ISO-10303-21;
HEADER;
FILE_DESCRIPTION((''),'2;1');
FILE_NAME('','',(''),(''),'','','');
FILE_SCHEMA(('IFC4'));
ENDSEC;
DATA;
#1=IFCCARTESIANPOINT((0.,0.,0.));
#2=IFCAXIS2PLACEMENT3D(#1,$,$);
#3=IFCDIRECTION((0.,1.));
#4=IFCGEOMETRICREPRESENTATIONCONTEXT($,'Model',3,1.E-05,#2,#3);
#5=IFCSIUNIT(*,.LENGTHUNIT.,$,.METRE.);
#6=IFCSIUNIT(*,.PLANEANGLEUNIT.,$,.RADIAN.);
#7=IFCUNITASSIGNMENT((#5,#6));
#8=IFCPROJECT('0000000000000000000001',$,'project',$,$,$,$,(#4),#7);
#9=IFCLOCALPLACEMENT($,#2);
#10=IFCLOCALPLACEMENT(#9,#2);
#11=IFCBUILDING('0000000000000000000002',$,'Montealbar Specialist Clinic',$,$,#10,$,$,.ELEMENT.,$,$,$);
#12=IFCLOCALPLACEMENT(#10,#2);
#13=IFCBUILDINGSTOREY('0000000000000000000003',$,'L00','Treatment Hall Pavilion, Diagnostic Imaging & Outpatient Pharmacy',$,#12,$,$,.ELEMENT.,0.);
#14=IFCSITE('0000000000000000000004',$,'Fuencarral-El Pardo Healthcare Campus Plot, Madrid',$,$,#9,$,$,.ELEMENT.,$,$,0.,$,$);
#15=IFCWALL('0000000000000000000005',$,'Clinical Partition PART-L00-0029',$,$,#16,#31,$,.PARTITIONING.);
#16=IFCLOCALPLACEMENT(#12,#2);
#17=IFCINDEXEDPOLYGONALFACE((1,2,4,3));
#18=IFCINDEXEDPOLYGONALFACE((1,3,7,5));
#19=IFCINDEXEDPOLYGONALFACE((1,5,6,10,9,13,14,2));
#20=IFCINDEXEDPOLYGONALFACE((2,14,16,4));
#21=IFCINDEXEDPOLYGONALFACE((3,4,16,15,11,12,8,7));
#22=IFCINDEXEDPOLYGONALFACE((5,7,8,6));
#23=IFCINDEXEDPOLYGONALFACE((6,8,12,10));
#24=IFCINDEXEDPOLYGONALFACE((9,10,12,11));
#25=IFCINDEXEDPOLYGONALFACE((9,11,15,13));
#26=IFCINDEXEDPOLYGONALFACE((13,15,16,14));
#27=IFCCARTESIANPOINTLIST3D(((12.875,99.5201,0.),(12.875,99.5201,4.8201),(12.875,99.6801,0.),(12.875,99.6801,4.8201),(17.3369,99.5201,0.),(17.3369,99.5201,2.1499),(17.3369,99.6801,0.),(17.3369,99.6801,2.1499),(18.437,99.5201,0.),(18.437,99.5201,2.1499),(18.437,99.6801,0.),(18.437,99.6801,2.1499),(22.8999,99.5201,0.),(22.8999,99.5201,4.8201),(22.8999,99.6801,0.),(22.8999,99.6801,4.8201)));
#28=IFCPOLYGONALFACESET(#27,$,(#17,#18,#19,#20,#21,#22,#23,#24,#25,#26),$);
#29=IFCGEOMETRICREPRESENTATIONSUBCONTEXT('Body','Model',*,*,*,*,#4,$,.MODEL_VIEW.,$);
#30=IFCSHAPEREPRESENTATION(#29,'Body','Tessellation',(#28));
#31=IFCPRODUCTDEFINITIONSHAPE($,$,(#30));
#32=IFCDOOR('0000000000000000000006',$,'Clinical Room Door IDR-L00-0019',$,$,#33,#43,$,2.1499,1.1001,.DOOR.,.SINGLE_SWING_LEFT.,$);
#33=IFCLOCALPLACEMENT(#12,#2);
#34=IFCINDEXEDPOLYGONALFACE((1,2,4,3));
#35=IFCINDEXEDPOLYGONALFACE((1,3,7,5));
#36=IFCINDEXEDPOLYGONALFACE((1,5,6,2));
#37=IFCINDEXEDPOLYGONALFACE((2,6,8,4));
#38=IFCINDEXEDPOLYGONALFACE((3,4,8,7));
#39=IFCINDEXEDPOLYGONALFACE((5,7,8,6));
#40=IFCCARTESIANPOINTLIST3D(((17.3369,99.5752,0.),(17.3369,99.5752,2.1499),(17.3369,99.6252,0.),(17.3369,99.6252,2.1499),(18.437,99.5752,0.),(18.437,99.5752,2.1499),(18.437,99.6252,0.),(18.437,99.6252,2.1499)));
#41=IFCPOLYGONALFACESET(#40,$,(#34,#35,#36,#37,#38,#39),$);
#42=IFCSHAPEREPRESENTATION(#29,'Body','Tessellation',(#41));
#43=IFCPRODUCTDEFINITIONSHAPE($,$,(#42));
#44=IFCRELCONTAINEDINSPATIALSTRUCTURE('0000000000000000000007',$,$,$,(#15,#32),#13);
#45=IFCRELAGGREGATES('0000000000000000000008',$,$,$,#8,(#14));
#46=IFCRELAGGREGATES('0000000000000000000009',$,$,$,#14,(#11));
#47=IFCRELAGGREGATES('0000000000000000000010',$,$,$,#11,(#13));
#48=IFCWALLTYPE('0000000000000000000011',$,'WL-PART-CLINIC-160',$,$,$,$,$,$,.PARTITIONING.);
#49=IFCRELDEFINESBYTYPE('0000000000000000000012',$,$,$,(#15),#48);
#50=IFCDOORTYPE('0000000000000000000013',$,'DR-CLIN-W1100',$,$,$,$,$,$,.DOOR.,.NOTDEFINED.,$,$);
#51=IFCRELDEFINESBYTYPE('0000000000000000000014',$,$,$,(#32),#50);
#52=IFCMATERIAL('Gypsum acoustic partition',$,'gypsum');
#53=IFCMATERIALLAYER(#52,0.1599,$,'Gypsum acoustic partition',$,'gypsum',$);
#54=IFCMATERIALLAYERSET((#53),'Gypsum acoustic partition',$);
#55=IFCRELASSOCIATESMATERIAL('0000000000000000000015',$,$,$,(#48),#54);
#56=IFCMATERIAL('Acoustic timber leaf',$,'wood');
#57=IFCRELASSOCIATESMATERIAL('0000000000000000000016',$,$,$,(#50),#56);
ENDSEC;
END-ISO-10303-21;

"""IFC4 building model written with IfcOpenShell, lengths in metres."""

from ifc_helpers import new_model, si_unit, direction, frame, frame_2d, origin, place, context, subcontext, project, spatial, rectangle, extrude, material, layer, layer_set, type_object, element, fill, save


model = new_model("IFC4")

# Units and contexts
model_context = context("Model", 3, precision=1e-05, world=origin(), true_north=direction((0.0, 1.0)))
body_context = subcontext(model_context, "Body", "Model", "MODEL_VIEW")
ifc_project = project(units=[si_unit("LENGTHUNIT", "METRE"), si_unit("PLANEANGLEUNIT", "RADIAN")], contexts=[model_context])

# Site, building, storey
site_placement = place(None, origin())
site = spatial("IfcSite", under=ifc_project, at=site_placement, Name="Fuencarral-El Pardo Healthcare Campus Plot, Madrid", CompositionType="ELEMENT", RefElevation=0.0)
building_placement = place(site_placement, origin())
building = spatial("IfcBuilding", under=site, at=building_placement, Name="Montealbar Specialist Clinic", CompositionType="ELEMENT")
storey_placement = place(building_placement, origin())
storey = spatial("IfcBuildingStorey", under=building, at=storey_placement, Name="L00", Description="Treatment Hall Pavilion, Diagnostic Imaging & Outpatient Pharmacy", CompositionType="ELEMENT", Elevation=0.0)

# Shared definitions
ifc_material_1 = material(Name="Gypsum acoustic partition", Category="gypsum")

# Wall, opening, door
ifc_layer_1 = layer(ifc_material_1, 0.1599, Name="Gypsum acoustic partition", Category="gypsum")
ifc_layer_set_1 = layer_set([ifc_layer_1], Name="Gypsum acoustic partition")
wall_type_1 = type_object("IfcWallType", Name="WL-PART-CLINIC-160", PredefinedType="PARTITIONING", material=ifc_layer_set_1)
wall_1_placement = place(storey_placement, frame((12.875, 99.6001, 0.0), z_axis=(0.0, 0.0, 1.0), x_axis=(1.0, 0.0, 0.0)))
wall_1 = element("IfcWall", 1, at=wall_1_placement, inside=storey, type_object=wall_type_1, Name="Clinical Partition PART-L00-0029", PredefinedType="PARTITIONING", context=body_context, shape_type="SweptSolid", body=[
    extrude(rectangle(XDim=10.0249, YDim=0.1599, at=frame_2d((5.0125, 0.0))), origin(), (0.0, 0.0, 1.0), 4.8201),
])
opening_placement = place(wall_1_placement, frame((4.4619, 0.0, 0.0)))
opening = element("IfcOpeningElement", 2, at=opening_placement, cuts=wall_1, PredefinedType="OPENING", context=body_context, shape_type="SweptSolid", body=[
    extrude(rectangle(XDim=1.1001, YDim=2.1499, at=frame_2d((0.55, 1.075))), frame((0.0, 0.0898, 0.0), z_axis=(0.0, -1.0, 0.0), x_axis=(1.0, 0.0, 0.0)), (0.0, 0.0, 1.0), 0.1799),
])
ifc_material_2 = material(Name="Acoustic timber leaf", Category="wood")
door_type = type_object("IfcDoorType", Name="DR-CLIN-W1100", OperationType="NOTDEFINED", PredefinedType="DOOR", material=ifc_material_2)
door_placement = place(opening_placement, frame((1.1001, 0.0, 0.0), z_axis=(0.0, 0.0, 1.0), x_axis=(-1.0, 0.0, 0.0)))
door = element("IfcDoor", 3, at=door_placement, inside=storey, type_object=door_type, Name="Clinical Room Door IDR-L00-0019", OperationType="SINGLE_SWING_LEFT", OverallHeight=2.1499, OverallWidth=1.1001, PredefinedType="DOOR", context=body_context, shape_type="SweptSolid", body=[
    extrude(rectangle(XDim=1.1001, YDim=2.1499, at=frame_2d((0.55, 1.075))), frame((0.0, 0.0249, 0.0), z_axis=(0.0, -1.0, 0.0), x_axis=(1.0, 0.0, 0.0)), (0.0, 0.0, 1.0), 0.05),
])
fill(opening, door)

save(model, "model.ifc")
